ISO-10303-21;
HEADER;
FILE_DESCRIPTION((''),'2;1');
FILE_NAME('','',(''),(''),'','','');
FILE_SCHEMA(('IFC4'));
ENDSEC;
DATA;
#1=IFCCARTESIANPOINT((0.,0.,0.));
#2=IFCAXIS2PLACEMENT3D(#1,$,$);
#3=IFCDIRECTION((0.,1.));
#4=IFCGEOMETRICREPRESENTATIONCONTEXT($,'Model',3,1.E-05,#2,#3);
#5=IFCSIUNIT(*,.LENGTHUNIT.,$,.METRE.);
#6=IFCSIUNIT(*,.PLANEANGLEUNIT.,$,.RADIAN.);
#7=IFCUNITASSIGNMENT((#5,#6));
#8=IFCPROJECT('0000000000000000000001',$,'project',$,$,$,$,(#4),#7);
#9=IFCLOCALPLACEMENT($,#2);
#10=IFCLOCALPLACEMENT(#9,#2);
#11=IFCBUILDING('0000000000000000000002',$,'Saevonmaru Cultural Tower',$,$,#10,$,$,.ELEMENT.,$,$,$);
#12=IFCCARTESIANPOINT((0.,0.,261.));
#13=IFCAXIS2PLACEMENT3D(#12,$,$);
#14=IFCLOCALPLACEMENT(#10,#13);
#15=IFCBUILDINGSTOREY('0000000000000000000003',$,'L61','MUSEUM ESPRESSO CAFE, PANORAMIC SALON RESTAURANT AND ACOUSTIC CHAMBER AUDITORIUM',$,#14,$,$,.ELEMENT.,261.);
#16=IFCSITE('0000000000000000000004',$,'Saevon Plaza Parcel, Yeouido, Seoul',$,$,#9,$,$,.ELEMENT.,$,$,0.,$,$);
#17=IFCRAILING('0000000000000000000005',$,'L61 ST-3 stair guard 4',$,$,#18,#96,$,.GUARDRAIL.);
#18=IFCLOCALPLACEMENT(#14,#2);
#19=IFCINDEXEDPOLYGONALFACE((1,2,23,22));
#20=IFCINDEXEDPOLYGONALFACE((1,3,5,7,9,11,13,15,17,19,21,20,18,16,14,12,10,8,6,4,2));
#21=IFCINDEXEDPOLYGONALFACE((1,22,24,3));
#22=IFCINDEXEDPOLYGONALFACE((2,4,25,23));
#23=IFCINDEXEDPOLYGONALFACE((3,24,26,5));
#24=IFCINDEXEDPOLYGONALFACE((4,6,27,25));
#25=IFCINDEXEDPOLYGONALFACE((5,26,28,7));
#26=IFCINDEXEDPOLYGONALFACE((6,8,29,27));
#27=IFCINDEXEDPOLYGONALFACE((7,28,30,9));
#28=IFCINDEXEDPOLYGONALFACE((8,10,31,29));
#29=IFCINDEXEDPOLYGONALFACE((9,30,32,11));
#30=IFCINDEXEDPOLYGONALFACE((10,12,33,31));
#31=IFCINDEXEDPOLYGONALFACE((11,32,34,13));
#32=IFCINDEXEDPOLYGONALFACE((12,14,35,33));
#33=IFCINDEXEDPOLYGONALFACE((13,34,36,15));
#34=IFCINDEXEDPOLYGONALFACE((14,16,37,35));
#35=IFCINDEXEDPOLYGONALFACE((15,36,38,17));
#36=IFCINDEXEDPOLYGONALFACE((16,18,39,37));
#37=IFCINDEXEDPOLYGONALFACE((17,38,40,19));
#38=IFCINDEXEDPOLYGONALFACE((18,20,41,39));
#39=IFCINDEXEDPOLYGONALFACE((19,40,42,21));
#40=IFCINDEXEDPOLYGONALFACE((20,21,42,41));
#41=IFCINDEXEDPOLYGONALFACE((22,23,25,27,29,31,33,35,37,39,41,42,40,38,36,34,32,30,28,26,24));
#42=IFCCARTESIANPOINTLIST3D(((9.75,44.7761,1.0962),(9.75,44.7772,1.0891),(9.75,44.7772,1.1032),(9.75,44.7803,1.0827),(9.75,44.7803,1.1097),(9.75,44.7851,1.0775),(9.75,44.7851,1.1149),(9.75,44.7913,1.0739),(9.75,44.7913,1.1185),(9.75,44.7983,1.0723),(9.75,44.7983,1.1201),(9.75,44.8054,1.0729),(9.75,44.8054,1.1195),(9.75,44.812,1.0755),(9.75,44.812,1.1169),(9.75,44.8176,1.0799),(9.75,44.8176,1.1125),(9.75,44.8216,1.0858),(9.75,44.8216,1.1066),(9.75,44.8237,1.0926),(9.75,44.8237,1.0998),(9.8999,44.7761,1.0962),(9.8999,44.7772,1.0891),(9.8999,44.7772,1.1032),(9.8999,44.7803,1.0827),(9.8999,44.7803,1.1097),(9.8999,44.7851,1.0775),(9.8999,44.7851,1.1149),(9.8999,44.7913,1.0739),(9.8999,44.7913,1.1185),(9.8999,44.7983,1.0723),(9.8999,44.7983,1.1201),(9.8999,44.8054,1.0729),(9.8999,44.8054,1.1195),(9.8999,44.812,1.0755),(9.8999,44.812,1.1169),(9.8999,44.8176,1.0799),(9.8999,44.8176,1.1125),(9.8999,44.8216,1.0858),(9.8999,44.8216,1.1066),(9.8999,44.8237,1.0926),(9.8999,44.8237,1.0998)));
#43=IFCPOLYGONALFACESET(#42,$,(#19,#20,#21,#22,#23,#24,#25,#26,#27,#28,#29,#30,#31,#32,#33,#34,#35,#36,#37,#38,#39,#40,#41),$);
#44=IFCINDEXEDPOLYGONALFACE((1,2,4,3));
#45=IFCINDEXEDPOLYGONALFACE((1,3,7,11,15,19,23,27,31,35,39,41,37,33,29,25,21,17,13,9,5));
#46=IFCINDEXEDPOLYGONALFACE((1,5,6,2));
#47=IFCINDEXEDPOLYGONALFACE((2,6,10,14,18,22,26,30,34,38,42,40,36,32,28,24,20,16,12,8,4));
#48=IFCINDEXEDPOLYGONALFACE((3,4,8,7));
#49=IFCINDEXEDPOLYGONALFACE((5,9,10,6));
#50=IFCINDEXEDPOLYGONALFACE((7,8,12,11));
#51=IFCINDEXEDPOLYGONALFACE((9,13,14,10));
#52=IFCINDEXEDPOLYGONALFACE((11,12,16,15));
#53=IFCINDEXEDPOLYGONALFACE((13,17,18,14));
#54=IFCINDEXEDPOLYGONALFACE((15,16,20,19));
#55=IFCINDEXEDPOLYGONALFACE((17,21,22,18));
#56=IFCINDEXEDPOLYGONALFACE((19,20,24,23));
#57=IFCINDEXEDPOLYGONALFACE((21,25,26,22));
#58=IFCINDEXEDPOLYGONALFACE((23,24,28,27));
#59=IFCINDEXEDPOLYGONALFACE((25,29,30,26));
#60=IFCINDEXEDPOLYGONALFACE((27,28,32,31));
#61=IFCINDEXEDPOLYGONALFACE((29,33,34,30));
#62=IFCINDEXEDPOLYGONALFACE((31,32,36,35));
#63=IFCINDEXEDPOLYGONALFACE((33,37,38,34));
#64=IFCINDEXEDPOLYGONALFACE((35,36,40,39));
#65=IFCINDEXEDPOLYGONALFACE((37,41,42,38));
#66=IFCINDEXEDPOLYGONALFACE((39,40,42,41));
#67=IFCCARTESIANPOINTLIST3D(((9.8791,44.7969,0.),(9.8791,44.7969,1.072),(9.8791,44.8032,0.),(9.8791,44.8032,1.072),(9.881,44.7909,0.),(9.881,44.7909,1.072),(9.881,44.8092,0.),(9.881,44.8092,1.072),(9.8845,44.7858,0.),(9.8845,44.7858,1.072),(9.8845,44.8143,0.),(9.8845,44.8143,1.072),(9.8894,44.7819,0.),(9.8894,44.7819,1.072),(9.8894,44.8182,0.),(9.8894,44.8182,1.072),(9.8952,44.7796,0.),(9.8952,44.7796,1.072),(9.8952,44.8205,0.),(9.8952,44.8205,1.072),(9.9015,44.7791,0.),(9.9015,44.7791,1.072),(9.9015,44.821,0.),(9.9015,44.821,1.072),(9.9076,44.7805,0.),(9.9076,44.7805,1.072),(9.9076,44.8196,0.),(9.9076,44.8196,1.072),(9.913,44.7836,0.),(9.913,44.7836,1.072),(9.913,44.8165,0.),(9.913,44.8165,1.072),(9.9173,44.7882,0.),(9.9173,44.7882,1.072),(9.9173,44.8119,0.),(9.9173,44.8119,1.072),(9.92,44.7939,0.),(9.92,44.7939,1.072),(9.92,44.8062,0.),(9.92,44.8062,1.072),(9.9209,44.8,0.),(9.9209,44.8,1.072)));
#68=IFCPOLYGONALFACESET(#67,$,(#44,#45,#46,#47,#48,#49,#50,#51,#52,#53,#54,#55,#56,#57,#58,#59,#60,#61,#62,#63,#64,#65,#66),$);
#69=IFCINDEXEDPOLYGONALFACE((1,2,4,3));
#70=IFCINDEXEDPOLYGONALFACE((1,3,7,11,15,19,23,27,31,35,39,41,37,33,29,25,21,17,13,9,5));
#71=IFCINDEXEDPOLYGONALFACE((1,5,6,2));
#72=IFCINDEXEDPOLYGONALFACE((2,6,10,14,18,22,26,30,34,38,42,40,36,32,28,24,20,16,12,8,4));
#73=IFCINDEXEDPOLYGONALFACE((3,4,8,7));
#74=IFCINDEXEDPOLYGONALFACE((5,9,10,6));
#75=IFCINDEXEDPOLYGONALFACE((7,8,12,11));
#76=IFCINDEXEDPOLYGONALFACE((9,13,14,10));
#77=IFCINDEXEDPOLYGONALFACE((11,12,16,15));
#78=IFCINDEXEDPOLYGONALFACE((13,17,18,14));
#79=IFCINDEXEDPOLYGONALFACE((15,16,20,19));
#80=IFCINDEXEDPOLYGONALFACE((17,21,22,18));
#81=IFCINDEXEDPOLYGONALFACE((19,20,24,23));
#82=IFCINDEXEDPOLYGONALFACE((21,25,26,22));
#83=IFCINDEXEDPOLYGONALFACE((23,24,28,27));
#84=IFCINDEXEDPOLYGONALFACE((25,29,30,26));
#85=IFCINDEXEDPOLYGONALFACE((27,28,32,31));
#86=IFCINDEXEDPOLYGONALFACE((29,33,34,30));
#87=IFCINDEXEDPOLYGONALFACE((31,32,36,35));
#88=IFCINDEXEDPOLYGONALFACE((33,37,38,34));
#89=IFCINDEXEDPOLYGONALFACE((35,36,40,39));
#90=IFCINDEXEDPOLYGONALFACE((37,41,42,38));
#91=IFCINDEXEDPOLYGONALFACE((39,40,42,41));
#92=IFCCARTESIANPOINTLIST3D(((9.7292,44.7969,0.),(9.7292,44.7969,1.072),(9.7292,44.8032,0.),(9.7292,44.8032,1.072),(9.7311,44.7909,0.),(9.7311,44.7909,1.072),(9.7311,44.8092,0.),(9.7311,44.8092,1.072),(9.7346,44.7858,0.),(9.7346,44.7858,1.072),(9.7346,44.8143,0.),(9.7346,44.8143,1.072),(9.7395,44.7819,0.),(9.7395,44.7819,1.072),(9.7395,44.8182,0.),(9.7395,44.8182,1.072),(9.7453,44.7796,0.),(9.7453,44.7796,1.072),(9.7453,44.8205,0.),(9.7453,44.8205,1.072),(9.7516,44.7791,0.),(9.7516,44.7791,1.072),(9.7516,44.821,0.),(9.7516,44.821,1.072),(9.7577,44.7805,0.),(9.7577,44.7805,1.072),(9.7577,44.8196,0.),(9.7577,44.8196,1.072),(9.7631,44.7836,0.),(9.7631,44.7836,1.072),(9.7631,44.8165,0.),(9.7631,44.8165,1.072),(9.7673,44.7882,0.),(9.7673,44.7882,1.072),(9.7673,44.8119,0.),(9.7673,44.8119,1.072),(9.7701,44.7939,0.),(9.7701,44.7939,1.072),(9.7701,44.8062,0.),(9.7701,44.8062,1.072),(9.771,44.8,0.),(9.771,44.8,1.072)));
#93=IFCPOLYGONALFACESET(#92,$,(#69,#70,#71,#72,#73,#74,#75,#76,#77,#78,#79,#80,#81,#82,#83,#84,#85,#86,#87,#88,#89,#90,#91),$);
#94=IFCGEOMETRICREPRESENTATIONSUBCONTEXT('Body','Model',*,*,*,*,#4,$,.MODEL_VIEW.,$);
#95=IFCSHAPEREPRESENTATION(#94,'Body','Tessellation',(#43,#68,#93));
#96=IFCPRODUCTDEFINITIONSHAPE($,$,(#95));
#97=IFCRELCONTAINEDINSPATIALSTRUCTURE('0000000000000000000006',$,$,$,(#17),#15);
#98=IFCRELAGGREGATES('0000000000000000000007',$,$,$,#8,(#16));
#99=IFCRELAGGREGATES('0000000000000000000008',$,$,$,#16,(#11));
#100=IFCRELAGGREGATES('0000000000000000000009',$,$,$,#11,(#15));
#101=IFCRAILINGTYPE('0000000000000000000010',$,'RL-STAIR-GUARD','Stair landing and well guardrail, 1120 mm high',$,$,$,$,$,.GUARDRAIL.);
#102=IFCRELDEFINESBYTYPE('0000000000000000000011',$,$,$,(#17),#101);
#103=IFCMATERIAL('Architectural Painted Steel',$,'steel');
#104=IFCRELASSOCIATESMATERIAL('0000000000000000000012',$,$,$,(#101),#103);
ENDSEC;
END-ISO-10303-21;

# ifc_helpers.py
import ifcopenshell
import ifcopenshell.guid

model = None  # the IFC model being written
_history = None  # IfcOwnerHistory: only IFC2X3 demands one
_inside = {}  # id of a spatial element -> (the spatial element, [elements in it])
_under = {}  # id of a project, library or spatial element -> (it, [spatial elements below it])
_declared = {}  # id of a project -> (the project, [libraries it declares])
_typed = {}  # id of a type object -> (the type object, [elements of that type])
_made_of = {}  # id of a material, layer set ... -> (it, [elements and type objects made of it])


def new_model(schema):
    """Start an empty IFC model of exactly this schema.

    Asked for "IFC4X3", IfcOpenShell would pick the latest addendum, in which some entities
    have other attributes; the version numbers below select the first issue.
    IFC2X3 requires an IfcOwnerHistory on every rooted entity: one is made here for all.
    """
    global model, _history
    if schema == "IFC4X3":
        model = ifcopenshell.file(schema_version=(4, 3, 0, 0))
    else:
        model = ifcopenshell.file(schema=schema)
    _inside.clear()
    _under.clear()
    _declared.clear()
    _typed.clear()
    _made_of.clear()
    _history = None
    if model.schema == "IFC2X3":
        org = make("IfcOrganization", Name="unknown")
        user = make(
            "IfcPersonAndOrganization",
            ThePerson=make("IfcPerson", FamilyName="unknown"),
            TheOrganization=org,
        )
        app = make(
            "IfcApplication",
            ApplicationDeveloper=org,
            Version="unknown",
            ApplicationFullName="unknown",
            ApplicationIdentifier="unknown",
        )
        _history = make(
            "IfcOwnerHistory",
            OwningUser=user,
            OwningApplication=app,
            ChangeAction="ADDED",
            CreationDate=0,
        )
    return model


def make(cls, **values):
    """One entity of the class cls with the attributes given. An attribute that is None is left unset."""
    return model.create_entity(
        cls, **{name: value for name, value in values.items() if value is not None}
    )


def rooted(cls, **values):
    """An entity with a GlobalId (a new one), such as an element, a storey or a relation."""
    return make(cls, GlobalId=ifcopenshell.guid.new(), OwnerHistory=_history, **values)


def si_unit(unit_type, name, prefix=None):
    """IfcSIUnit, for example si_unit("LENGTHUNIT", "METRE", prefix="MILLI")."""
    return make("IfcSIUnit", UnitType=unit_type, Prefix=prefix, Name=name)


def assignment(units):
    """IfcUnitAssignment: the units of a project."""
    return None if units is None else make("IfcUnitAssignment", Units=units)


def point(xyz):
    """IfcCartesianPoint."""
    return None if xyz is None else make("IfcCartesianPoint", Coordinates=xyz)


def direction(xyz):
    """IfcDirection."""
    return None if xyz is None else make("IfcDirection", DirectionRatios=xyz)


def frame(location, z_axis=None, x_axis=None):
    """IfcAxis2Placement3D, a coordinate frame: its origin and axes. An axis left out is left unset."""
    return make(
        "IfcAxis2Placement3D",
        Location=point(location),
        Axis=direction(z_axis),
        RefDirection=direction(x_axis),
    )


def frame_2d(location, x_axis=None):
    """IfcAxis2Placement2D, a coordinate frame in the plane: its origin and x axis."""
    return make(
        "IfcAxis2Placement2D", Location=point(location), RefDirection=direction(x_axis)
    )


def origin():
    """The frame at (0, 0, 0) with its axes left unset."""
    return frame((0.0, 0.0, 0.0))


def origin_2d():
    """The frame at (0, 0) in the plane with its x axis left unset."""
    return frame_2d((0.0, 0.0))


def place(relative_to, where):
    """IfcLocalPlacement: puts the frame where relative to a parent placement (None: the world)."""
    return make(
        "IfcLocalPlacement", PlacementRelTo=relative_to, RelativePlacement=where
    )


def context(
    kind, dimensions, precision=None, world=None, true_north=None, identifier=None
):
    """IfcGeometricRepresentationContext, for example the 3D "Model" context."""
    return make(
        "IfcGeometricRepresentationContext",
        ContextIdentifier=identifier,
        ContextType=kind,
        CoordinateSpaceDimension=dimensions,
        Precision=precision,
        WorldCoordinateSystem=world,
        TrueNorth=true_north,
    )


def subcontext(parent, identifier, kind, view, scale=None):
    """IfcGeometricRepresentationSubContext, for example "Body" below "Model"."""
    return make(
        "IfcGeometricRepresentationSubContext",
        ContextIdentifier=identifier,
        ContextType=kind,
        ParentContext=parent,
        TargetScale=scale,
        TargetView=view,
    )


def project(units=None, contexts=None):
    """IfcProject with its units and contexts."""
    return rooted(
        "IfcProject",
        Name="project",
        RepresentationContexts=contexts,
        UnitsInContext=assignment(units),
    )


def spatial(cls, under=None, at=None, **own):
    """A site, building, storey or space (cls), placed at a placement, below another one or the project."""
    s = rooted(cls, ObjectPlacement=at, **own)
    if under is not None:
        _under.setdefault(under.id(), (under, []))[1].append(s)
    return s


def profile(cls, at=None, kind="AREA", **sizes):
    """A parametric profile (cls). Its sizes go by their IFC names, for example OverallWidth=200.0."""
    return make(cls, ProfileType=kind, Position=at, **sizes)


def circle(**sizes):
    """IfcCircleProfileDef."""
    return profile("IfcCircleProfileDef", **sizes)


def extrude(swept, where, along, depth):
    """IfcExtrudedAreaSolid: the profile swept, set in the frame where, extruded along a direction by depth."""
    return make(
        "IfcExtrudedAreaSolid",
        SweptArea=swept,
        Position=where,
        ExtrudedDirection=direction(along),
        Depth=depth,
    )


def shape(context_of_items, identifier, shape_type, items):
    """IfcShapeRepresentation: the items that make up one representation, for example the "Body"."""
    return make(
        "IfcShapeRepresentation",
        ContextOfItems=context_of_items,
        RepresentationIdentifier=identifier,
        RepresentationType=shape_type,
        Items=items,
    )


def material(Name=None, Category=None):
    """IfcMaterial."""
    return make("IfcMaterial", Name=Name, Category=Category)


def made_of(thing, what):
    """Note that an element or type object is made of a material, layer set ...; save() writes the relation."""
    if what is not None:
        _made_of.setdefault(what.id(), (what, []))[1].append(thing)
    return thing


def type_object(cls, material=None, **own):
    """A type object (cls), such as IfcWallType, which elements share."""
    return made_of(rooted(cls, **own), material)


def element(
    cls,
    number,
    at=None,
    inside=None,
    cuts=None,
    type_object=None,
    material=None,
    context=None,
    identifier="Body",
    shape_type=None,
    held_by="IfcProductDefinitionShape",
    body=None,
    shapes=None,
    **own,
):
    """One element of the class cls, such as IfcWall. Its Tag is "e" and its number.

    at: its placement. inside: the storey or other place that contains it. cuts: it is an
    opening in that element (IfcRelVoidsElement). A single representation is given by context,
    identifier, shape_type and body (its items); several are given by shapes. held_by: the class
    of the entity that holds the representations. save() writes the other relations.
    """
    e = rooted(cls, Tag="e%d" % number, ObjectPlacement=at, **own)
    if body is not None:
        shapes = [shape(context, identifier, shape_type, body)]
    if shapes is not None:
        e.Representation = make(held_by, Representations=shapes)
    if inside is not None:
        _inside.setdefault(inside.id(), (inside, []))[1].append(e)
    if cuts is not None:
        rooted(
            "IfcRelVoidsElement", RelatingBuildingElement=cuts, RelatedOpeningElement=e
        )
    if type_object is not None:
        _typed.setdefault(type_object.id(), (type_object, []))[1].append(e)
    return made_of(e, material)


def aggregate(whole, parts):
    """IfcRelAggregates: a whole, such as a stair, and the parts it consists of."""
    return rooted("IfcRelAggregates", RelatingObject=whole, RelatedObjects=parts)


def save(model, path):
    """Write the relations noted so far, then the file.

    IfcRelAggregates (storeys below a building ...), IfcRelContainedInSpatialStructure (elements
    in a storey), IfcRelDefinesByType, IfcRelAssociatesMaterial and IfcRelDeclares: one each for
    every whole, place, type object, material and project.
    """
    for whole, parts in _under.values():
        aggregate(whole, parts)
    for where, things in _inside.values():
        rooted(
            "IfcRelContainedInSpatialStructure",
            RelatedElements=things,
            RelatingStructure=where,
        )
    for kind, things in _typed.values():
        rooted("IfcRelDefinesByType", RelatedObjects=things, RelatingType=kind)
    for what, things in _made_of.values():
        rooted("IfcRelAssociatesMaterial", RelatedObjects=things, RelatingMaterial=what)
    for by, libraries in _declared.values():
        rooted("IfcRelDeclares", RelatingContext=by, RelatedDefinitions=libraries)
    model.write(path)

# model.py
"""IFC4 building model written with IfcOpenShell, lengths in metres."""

from ifc_helpers import new_model, si_unit, direction, frame, origin, origin_2d, place, context, subcontext, project, spatial, circle, extrude, material, type_object, element, save


model = new_model("IFC4")

# Units and contexts
model_context = context("Model", 3, precision=1e-05, world=origin(), true_north=direction((0.0, 1.0)))
body_context = subcontext(model_context, "Body", "Model", "MODEL_VIEW")
ifc_project = project(units=[si_unit("LENGTHUNIT", "METRE"), si_unit("PLANEANGLEUNIT", "RADIAN")], contexts=[model_context])

# Site, building, storey
site_placement = place(None, origin())
site = spatial("IfcSite", under=ifc_project, at=site_placement, Name="Saevon Plaza Parcel, Yeouido, Seoul", CompositionType="ELEMENT", RefElevation=0.0)
building_placement = place(site_placement, origin())
building = spatial("IfcBuilding", under=site, at=building_placement, Name="Saevonmaru Cultural Tower", CompositionType="ELEMENT")
storey_placement = place(building_placement, frame((0.0, 0.0, 261.0)))
storey = spatial("IfcBuildingStorey", under=building, at=storey_placement, Name="L61", Description="MUSEUM ESPRESSO CAFE, PANORAMIC SALON RESTAURANT AND ACOUSTIC CHAMBER AUDITORIUM", CompositionType="ELEMENT", Elevation=261.0)

# Railing
ifc_material_1 = material(Name="Architectural Painted Steel", Category="steel")
railing_type_1 = type_object("IfcRailingType", Name="RL-STAIR-GUARD", Description="Stair landing and well guardrail, 1120 mm high", PredefinedType="GUARDRAIL", material=ifc_material_1)
railing_1_placement = place(storey_placement, frame((9.8999, 44.8, 0.0)))
element("IfcRailing", 1, at=railing_1_placement, inside=storey, type_object=railing_type_1, Name="L61 ST-3 stair guard 4", PredefinedType="GUARDRAIL", context=body_context, shape_type="SweptSolid", body=[
    extrude(circle(Radius=0.0239, at=origin_2d()), frame((0.0, 0.0, 1.0962), z_axis=(-1.0, 0.0, 0.0), x_axis=(0.0, -1.0, 0.0)), (0.0, 0.0, 1.0), 0.1499),
    extrude(circle(Radius=0.021, at=origin_2d()), origin(), (0.0, 0.0, 1.0), 1.072),
    extrude(circle(Radius=0.021, at=origin_2d()), frame((-0.1499, 0.0, 0.0)), (0.0, 0.0, 1.0), 1.072),
])

save(model, "model.ifc")
